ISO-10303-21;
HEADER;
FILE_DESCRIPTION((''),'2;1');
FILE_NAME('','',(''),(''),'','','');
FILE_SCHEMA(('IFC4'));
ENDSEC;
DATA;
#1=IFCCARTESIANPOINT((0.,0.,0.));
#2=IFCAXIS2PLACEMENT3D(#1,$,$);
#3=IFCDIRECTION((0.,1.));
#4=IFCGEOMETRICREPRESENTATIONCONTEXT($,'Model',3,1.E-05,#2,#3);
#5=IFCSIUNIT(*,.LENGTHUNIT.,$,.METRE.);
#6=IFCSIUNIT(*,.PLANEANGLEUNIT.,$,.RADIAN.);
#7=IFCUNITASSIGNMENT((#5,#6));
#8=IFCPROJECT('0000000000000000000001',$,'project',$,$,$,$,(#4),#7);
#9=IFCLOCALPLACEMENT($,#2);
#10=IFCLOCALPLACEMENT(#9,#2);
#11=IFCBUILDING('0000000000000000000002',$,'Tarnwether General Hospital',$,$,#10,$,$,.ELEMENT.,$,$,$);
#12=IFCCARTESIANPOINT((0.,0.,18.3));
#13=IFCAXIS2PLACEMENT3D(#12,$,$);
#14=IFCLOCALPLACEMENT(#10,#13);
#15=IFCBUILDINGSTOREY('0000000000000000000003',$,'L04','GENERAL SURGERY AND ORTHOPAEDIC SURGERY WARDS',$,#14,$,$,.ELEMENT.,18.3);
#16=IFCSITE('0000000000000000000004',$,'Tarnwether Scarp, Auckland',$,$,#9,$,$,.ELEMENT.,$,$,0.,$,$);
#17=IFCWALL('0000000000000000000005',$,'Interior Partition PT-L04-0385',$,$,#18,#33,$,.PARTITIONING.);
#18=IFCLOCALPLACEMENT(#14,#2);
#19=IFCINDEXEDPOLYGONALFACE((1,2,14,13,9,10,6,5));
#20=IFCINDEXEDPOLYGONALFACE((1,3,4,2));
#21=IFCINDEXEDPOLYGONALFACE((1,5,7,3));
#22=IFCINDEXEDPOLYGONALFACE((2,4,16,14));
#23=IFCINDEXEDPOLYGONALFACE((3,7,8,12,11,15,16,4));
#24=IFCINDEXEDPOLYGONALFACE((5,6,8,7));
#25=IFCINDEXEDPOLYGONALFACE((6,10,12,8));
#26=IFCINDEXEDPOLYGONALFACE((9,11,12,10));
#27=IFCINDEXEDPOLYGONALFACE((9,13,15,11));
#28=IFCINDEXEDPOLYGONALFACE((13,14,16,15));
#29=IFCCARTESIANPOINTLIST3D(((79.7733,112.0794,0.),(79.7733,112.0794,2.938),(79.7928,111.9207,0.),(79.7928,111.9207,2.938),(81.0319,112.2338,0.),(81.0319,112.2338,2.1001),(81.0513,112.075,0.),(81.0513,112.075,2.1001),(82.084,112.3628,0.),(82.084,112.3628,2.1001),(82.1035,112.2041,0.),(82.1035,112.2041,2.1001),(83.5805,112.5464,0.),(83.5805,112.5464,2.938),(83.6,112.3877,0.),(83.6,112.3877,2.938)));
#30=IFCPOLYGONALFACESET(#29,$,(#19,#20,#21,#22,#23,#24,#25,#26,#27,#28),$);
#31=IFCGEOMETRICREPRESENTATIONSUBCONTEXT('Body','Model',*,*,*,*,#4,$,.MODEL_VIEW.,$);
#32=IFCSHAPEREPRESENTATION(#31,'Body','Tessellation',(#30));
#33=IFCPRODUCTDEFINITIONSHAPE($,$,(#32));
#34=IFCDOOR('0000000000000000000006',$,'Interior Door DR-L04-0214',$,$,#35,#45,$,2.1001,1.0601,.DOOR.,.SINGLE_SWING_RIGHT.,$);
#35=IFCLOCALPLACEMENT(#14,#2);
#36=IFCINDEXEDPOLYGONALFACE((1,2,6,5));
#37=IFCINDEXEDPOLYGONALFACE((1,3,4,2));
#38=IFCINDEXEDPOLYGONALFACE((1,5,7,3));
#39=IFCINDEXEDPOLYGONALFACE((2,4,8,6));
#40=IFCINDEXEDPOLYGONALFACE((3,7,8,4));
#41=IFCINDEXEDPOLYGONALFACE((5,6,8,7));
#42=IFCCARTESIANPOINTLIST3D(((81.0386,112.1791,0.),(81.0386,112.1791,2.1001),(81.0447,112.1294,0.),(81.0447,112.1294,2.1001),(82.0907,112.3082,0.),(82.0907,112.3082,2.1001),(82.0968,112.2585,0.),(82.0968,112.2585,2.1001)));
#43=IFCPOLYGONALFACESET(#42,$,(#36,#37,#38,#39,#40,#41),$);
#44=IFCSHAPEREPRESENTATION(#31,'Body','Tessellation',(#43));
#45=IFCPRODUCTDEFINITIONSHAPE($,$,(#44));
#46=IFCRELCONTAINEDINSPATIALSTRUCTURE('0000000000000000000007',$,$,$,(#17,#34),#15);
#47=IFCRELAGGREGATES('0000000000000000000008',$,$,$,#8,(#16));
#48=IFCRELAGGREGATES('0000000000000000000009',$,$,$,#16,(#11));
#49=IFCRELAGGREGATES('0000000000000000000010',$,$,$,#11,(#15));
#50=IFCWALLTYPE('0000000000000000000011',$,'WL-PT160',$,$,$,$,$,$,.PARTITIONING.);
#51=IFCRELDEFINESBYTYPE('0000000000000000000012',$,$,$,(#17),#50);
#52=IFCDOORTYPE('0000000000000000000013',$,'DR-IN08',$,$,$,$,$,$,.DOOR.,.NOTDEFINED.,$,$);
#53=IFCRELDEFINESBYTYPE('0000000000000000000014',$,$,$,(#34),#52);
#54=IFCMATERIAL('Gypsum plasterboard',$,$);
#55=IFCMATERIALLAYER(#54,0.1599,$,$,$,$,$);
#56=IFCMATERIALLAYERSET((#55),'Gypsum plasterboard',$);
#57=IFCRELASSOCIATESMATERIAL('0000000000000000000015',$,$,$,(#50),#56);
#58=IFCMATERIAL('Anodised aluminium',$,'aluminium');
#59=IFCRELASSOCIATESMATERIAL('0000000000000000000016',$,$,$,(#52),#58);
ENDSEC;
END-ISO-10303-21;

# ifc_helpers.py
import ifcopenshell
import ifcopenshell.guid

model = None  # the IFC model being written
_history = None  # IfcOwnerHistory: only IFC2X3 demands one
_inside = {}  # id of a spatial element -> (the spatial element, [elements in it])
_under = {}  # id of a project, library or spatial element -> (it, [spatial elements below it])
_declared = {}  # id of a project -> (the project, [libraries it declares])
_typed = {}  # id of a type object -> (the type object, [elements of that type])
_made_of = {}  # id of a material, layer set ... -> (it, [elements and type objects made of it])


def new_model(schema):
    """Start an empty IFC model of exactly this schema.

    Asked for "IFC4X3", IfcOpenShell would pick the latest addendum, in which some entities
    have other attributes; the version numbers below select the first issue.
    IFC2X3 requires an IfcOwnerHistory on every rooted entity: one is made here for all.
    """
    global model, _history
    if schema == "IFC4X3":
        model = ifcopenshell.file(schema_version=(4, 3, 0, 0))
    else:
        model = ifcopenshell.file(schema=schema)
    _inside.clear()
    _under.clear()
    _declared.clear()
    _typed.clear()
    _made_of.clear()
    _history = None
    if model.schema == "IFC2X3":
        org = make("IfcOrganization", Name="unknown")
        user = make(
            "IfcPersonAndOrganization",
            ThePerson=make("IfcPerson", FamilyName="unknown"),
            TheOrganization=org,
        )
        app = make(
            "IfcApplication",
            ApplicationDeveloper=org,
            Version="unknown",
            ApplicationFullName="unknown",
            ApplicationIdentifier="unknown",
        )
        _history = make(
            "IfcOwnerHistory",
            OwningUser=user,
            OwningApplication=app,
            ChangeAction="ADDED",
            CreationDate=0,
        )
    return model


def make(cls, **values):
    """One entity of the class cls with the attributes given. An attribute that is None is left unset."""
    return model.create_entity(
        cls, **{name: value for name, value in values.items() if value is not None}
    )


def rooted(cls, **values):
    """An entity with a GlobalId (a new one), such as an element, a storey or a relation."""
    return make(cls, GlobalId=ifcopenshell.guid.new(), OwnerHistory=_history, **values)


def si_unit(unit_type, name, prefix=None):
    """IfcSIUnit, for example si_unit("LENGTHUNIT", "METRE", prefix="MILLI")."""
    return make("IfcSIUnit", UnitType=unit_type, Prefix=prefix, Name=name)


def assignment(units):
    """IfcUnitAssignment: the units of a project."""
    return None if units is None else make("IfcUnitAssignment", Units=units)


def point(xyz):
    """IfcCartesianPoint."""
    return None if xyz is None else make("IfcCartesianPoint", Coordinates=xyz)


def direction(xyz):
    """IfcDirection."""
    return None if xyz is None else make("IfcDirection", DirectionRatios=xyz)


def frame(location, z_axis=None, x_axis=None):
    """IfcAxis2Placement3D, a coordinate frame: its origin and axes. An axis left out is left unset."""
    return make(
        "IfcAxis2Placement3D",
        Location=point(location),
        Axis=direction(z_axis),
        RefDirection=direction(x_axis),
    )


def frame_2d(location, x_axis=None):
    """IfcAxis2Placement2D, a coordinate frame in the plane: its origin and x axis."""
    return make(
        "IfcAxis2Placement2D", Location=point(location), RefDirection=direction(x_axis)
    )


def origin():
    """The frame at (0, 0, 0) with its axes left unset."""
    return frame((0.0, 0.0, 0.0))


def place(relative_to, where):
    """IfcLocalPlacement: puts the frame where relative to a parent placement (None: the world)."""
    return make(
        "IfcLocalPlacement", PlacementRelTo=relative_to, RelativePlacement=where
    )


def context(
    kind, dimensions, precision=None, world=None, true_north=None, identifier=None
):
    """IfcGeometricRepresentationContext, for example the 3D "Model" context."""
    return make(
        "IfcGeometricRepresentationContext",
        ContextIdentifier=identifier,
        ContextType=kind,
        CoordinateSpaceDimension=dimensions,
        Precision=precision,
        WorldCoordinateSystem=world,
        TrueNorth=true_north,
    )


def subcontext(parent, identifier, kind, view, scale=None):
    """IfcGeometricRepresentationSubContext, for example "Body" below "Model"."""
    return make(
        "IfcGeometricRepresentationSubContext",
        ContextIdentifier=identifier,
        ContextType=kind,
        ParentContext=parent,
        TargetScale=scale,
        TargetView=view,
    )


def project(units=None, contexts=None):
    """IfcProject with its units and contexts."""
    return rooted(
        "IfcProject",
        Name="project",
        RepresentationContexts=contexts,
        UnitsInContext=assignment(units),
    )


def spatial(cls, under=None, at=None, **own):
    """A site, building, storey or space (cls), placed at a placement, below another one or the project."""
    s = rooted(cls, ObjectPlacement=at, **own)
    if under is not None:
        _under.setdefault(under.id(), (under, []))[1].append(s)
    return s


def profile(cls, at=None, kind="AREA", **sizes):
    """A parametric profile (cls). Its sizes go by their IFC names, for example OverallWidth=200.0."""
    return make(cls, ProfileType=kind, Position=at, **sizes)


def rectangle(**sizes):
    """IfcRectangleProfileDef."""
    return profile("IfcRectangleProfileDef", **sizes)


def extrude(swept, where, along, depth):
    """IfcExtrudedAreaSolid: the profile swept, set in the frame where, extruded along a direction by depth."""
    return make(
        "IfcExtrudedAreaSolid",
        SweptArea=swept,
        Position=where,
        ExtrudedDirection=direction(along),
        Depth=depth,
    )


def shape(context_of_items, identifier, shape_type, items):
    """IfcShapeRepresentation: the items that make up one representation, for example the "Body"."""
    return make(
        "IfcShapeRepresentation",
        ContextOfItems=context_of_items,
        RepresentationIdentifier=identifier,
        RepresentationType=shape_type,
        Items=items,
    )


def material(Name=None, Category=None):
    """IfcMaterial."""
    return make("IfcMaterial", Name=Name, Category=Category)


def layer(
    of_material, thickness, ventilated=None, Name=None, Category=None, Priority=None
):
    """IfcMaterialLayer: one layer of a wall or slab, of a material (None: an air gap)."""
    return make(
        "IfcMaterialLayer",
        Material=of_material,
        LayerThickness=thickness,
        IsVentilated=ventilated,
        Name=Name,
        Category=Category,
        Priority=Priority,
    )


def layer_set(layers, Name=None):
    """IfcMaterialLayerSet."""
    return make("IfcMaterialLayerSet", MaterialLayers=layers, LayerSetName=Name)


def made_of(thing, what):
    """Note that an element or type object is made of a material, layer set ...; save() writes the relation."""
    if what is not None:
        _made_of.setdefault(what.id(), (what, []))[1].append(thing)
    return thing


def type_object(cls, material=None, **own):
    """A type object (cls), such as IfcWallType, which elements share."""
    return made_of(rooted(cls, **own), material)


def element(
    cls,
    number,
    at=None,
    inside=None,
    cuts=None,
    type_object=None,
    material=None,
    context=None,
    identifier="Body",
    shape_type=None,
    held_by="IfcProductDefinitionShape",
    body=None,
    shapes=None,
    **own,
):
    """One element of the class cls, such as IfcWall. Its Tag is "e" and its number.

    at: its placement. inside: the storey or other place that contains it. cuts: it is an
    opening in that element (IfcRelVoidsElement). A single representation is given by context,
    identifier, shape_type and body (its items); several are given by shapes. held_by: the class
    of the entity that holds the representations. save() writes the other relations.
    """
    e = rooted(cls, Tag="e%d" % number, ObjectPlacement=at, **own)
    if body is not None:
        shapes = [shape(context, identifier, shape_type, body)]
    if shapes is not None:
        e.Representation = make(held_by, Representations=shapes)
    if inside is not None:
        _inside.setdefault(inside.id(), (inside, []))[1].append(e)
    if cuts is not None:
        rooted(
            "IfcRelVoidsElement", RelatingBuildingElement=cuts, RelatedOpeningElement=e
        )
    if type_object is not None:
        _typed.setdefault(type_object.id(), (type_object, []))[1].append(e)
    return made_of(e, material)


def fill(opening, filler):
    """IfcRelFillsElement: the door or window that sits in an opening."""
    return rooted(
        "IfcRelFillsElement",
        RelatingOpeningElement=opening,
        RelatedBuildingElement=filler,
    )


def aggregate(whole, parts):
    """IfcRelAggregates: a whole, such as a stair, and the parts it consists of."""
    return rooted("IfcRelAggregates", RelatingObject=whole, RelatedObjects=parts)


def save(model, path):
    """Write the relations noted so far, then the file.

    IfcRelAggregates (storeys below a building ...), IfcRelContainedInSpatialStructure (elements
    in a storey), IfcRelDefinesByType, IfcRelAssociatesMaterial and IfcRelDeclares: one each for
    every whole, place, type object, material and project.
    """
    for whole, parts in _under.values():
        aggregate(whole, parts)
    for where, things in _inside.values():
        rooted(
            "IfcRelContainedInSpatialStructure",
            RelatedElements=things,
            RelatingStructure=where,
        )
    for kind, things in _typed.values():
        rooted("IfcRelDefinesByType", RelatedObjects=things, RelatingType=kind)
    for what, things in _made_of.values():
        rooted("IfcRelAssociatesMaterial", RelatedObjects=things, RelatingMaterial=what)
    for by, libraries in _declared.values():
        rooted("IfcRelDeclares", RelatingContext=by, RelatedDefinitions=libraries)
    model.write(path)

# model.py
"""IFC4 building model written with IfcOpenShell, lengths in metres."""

from ifc_helpers import new_model, si_unit, direction, frame, frame_2d, origin, place, context, subcontext, project, spatial, rectangle, extrude, material, layer, layer_set, type_object, element, fill, save


model = new_model("IFC4")

# Units and contexts
model_context = context("Model", 3, precision=1e-05, world=origin(), true_north=direction((0.0, 1.0)))
body_context = subcontext(model_context, "Body", "Model", "MODEL_VIEW")
ifc_project = project(units=[si_unit("LENGTHUNIT", "METRE"), si_unit("PLANEANGLEUNIT", "RADIAN")], contexts=[model_context])

# Site, building, storey
site_placement = place(None, origin())
site = spatial("IfcSite", under=ifc_project, at=site_placement, Name="Tarnwether Scarp, Auckland", CompositionType="ELEMENT", RefElevation=0.0)
building_placement = place(site_placement, origin())
building = spatial("IfcBuilding", under=site, at=building_placement, Name="Tarnwether General Hospital", CompositionType="ELEMENT")
storey_placement = place(building_placement, frame((0.0, 0.0, 18.3)))
storey = spatial("IfcBuildingStorey", under=building, at=storey_placement, Name="L04", Description="GENERAL SURGERY AND ORTHOPAEDIC SURGERY WARDS", CompositionType="ELEMENT", Elevation=18.3)

# Wall, opening, door
ifc_material_1 = material(Name="Gypsum plasterboard")
ifc_layer_1 = layer(ifc_material_1, 0.1599)
ifc_layer_set_1 = layer_set([ifc_layer_1], Name="Gypsum plasterboard")
wall_type_1 = type_object("IfcWallType", Name="WL-PT160", PredefinedType="PARTITIONING", material=ifc_layer_set_1)
ifc_material_2 = material(Name="Anodised aluminium", Category="aluminium")
door_type_1 = type_object("IfcDoorType", Name="DR-IN08", OperationType="NOTDEFINED", PredefinedType="DOOR", material=ifc_material_2)
wall_1_placement = place(storey_placement, frame((79.783, 112.0, 0.0), z_axis=(0.0, 0.0, 1.0), x_axis=(0.992559, 0.121763, 0.0)))
wall_1 = element("IfcWall", 1, at=wall_1_placement, inside=storey, type_object=wall_type_1, Name="Interior Partition PT-L04-0385", PredefinedType="PARTITIONING", context=body_context, shape_type="SweptSolid", body=[
    extrude(rectangle(XDim=3.8357, YDim=0.1599, at=frame_2d((1.918, 0.0))), origin(), (0.0, 0.0, 1.0), 2.938),
])
opening_1_placement = place(wall_1_placement, frame((1.2681, 0.0, 0.0)))
opening_1 = element("IfcOpeningElement", 2, at=opening_1_placement, cuts=wall_1, PredefinedType="OPENING", context=body_context, shape_type="SweptSolid", body=[
    extrude(rectangle(XDim=1.0601, YDim=2.1001, at=frame_2d((0.53, 1.05))), frame((0.0, 0.0898, 0.0), z_axis=(0.0, -1.0, 0.0), x_axis=(1.0, 0.0, 0.0)), (0.0, 0.0, 1.0), 0.1799),
])
door_1_placement = place(opening_1_placement, origin())
door_1 = element("IfcDoor", 3, at=door_1_placement, inside=storey, type_object=door_type_1, Name="Interior Door DR-L04-0214", OperationType="SINGLE_SWING_RIGHT", OverallHeight=2.1001, OverallWidth=1.0601, PredefinedType="DOOR", context=body_context, shape_type="SweptSolid", body=[
    extrude(rectangle(XDim=1.0601, YDim=2.1001, at=frame_2d((0.53, 1.05))), frame((0.0, 0.0249, 0.0), z_axis=(0.0, -1.0, 0.0), x_axis=(1.0, 0.0, 0.0)), (0.0, 0.0, 1.0), 0.05),
])
fill(opening_1, door_1)

save(model, "model.ifc")
